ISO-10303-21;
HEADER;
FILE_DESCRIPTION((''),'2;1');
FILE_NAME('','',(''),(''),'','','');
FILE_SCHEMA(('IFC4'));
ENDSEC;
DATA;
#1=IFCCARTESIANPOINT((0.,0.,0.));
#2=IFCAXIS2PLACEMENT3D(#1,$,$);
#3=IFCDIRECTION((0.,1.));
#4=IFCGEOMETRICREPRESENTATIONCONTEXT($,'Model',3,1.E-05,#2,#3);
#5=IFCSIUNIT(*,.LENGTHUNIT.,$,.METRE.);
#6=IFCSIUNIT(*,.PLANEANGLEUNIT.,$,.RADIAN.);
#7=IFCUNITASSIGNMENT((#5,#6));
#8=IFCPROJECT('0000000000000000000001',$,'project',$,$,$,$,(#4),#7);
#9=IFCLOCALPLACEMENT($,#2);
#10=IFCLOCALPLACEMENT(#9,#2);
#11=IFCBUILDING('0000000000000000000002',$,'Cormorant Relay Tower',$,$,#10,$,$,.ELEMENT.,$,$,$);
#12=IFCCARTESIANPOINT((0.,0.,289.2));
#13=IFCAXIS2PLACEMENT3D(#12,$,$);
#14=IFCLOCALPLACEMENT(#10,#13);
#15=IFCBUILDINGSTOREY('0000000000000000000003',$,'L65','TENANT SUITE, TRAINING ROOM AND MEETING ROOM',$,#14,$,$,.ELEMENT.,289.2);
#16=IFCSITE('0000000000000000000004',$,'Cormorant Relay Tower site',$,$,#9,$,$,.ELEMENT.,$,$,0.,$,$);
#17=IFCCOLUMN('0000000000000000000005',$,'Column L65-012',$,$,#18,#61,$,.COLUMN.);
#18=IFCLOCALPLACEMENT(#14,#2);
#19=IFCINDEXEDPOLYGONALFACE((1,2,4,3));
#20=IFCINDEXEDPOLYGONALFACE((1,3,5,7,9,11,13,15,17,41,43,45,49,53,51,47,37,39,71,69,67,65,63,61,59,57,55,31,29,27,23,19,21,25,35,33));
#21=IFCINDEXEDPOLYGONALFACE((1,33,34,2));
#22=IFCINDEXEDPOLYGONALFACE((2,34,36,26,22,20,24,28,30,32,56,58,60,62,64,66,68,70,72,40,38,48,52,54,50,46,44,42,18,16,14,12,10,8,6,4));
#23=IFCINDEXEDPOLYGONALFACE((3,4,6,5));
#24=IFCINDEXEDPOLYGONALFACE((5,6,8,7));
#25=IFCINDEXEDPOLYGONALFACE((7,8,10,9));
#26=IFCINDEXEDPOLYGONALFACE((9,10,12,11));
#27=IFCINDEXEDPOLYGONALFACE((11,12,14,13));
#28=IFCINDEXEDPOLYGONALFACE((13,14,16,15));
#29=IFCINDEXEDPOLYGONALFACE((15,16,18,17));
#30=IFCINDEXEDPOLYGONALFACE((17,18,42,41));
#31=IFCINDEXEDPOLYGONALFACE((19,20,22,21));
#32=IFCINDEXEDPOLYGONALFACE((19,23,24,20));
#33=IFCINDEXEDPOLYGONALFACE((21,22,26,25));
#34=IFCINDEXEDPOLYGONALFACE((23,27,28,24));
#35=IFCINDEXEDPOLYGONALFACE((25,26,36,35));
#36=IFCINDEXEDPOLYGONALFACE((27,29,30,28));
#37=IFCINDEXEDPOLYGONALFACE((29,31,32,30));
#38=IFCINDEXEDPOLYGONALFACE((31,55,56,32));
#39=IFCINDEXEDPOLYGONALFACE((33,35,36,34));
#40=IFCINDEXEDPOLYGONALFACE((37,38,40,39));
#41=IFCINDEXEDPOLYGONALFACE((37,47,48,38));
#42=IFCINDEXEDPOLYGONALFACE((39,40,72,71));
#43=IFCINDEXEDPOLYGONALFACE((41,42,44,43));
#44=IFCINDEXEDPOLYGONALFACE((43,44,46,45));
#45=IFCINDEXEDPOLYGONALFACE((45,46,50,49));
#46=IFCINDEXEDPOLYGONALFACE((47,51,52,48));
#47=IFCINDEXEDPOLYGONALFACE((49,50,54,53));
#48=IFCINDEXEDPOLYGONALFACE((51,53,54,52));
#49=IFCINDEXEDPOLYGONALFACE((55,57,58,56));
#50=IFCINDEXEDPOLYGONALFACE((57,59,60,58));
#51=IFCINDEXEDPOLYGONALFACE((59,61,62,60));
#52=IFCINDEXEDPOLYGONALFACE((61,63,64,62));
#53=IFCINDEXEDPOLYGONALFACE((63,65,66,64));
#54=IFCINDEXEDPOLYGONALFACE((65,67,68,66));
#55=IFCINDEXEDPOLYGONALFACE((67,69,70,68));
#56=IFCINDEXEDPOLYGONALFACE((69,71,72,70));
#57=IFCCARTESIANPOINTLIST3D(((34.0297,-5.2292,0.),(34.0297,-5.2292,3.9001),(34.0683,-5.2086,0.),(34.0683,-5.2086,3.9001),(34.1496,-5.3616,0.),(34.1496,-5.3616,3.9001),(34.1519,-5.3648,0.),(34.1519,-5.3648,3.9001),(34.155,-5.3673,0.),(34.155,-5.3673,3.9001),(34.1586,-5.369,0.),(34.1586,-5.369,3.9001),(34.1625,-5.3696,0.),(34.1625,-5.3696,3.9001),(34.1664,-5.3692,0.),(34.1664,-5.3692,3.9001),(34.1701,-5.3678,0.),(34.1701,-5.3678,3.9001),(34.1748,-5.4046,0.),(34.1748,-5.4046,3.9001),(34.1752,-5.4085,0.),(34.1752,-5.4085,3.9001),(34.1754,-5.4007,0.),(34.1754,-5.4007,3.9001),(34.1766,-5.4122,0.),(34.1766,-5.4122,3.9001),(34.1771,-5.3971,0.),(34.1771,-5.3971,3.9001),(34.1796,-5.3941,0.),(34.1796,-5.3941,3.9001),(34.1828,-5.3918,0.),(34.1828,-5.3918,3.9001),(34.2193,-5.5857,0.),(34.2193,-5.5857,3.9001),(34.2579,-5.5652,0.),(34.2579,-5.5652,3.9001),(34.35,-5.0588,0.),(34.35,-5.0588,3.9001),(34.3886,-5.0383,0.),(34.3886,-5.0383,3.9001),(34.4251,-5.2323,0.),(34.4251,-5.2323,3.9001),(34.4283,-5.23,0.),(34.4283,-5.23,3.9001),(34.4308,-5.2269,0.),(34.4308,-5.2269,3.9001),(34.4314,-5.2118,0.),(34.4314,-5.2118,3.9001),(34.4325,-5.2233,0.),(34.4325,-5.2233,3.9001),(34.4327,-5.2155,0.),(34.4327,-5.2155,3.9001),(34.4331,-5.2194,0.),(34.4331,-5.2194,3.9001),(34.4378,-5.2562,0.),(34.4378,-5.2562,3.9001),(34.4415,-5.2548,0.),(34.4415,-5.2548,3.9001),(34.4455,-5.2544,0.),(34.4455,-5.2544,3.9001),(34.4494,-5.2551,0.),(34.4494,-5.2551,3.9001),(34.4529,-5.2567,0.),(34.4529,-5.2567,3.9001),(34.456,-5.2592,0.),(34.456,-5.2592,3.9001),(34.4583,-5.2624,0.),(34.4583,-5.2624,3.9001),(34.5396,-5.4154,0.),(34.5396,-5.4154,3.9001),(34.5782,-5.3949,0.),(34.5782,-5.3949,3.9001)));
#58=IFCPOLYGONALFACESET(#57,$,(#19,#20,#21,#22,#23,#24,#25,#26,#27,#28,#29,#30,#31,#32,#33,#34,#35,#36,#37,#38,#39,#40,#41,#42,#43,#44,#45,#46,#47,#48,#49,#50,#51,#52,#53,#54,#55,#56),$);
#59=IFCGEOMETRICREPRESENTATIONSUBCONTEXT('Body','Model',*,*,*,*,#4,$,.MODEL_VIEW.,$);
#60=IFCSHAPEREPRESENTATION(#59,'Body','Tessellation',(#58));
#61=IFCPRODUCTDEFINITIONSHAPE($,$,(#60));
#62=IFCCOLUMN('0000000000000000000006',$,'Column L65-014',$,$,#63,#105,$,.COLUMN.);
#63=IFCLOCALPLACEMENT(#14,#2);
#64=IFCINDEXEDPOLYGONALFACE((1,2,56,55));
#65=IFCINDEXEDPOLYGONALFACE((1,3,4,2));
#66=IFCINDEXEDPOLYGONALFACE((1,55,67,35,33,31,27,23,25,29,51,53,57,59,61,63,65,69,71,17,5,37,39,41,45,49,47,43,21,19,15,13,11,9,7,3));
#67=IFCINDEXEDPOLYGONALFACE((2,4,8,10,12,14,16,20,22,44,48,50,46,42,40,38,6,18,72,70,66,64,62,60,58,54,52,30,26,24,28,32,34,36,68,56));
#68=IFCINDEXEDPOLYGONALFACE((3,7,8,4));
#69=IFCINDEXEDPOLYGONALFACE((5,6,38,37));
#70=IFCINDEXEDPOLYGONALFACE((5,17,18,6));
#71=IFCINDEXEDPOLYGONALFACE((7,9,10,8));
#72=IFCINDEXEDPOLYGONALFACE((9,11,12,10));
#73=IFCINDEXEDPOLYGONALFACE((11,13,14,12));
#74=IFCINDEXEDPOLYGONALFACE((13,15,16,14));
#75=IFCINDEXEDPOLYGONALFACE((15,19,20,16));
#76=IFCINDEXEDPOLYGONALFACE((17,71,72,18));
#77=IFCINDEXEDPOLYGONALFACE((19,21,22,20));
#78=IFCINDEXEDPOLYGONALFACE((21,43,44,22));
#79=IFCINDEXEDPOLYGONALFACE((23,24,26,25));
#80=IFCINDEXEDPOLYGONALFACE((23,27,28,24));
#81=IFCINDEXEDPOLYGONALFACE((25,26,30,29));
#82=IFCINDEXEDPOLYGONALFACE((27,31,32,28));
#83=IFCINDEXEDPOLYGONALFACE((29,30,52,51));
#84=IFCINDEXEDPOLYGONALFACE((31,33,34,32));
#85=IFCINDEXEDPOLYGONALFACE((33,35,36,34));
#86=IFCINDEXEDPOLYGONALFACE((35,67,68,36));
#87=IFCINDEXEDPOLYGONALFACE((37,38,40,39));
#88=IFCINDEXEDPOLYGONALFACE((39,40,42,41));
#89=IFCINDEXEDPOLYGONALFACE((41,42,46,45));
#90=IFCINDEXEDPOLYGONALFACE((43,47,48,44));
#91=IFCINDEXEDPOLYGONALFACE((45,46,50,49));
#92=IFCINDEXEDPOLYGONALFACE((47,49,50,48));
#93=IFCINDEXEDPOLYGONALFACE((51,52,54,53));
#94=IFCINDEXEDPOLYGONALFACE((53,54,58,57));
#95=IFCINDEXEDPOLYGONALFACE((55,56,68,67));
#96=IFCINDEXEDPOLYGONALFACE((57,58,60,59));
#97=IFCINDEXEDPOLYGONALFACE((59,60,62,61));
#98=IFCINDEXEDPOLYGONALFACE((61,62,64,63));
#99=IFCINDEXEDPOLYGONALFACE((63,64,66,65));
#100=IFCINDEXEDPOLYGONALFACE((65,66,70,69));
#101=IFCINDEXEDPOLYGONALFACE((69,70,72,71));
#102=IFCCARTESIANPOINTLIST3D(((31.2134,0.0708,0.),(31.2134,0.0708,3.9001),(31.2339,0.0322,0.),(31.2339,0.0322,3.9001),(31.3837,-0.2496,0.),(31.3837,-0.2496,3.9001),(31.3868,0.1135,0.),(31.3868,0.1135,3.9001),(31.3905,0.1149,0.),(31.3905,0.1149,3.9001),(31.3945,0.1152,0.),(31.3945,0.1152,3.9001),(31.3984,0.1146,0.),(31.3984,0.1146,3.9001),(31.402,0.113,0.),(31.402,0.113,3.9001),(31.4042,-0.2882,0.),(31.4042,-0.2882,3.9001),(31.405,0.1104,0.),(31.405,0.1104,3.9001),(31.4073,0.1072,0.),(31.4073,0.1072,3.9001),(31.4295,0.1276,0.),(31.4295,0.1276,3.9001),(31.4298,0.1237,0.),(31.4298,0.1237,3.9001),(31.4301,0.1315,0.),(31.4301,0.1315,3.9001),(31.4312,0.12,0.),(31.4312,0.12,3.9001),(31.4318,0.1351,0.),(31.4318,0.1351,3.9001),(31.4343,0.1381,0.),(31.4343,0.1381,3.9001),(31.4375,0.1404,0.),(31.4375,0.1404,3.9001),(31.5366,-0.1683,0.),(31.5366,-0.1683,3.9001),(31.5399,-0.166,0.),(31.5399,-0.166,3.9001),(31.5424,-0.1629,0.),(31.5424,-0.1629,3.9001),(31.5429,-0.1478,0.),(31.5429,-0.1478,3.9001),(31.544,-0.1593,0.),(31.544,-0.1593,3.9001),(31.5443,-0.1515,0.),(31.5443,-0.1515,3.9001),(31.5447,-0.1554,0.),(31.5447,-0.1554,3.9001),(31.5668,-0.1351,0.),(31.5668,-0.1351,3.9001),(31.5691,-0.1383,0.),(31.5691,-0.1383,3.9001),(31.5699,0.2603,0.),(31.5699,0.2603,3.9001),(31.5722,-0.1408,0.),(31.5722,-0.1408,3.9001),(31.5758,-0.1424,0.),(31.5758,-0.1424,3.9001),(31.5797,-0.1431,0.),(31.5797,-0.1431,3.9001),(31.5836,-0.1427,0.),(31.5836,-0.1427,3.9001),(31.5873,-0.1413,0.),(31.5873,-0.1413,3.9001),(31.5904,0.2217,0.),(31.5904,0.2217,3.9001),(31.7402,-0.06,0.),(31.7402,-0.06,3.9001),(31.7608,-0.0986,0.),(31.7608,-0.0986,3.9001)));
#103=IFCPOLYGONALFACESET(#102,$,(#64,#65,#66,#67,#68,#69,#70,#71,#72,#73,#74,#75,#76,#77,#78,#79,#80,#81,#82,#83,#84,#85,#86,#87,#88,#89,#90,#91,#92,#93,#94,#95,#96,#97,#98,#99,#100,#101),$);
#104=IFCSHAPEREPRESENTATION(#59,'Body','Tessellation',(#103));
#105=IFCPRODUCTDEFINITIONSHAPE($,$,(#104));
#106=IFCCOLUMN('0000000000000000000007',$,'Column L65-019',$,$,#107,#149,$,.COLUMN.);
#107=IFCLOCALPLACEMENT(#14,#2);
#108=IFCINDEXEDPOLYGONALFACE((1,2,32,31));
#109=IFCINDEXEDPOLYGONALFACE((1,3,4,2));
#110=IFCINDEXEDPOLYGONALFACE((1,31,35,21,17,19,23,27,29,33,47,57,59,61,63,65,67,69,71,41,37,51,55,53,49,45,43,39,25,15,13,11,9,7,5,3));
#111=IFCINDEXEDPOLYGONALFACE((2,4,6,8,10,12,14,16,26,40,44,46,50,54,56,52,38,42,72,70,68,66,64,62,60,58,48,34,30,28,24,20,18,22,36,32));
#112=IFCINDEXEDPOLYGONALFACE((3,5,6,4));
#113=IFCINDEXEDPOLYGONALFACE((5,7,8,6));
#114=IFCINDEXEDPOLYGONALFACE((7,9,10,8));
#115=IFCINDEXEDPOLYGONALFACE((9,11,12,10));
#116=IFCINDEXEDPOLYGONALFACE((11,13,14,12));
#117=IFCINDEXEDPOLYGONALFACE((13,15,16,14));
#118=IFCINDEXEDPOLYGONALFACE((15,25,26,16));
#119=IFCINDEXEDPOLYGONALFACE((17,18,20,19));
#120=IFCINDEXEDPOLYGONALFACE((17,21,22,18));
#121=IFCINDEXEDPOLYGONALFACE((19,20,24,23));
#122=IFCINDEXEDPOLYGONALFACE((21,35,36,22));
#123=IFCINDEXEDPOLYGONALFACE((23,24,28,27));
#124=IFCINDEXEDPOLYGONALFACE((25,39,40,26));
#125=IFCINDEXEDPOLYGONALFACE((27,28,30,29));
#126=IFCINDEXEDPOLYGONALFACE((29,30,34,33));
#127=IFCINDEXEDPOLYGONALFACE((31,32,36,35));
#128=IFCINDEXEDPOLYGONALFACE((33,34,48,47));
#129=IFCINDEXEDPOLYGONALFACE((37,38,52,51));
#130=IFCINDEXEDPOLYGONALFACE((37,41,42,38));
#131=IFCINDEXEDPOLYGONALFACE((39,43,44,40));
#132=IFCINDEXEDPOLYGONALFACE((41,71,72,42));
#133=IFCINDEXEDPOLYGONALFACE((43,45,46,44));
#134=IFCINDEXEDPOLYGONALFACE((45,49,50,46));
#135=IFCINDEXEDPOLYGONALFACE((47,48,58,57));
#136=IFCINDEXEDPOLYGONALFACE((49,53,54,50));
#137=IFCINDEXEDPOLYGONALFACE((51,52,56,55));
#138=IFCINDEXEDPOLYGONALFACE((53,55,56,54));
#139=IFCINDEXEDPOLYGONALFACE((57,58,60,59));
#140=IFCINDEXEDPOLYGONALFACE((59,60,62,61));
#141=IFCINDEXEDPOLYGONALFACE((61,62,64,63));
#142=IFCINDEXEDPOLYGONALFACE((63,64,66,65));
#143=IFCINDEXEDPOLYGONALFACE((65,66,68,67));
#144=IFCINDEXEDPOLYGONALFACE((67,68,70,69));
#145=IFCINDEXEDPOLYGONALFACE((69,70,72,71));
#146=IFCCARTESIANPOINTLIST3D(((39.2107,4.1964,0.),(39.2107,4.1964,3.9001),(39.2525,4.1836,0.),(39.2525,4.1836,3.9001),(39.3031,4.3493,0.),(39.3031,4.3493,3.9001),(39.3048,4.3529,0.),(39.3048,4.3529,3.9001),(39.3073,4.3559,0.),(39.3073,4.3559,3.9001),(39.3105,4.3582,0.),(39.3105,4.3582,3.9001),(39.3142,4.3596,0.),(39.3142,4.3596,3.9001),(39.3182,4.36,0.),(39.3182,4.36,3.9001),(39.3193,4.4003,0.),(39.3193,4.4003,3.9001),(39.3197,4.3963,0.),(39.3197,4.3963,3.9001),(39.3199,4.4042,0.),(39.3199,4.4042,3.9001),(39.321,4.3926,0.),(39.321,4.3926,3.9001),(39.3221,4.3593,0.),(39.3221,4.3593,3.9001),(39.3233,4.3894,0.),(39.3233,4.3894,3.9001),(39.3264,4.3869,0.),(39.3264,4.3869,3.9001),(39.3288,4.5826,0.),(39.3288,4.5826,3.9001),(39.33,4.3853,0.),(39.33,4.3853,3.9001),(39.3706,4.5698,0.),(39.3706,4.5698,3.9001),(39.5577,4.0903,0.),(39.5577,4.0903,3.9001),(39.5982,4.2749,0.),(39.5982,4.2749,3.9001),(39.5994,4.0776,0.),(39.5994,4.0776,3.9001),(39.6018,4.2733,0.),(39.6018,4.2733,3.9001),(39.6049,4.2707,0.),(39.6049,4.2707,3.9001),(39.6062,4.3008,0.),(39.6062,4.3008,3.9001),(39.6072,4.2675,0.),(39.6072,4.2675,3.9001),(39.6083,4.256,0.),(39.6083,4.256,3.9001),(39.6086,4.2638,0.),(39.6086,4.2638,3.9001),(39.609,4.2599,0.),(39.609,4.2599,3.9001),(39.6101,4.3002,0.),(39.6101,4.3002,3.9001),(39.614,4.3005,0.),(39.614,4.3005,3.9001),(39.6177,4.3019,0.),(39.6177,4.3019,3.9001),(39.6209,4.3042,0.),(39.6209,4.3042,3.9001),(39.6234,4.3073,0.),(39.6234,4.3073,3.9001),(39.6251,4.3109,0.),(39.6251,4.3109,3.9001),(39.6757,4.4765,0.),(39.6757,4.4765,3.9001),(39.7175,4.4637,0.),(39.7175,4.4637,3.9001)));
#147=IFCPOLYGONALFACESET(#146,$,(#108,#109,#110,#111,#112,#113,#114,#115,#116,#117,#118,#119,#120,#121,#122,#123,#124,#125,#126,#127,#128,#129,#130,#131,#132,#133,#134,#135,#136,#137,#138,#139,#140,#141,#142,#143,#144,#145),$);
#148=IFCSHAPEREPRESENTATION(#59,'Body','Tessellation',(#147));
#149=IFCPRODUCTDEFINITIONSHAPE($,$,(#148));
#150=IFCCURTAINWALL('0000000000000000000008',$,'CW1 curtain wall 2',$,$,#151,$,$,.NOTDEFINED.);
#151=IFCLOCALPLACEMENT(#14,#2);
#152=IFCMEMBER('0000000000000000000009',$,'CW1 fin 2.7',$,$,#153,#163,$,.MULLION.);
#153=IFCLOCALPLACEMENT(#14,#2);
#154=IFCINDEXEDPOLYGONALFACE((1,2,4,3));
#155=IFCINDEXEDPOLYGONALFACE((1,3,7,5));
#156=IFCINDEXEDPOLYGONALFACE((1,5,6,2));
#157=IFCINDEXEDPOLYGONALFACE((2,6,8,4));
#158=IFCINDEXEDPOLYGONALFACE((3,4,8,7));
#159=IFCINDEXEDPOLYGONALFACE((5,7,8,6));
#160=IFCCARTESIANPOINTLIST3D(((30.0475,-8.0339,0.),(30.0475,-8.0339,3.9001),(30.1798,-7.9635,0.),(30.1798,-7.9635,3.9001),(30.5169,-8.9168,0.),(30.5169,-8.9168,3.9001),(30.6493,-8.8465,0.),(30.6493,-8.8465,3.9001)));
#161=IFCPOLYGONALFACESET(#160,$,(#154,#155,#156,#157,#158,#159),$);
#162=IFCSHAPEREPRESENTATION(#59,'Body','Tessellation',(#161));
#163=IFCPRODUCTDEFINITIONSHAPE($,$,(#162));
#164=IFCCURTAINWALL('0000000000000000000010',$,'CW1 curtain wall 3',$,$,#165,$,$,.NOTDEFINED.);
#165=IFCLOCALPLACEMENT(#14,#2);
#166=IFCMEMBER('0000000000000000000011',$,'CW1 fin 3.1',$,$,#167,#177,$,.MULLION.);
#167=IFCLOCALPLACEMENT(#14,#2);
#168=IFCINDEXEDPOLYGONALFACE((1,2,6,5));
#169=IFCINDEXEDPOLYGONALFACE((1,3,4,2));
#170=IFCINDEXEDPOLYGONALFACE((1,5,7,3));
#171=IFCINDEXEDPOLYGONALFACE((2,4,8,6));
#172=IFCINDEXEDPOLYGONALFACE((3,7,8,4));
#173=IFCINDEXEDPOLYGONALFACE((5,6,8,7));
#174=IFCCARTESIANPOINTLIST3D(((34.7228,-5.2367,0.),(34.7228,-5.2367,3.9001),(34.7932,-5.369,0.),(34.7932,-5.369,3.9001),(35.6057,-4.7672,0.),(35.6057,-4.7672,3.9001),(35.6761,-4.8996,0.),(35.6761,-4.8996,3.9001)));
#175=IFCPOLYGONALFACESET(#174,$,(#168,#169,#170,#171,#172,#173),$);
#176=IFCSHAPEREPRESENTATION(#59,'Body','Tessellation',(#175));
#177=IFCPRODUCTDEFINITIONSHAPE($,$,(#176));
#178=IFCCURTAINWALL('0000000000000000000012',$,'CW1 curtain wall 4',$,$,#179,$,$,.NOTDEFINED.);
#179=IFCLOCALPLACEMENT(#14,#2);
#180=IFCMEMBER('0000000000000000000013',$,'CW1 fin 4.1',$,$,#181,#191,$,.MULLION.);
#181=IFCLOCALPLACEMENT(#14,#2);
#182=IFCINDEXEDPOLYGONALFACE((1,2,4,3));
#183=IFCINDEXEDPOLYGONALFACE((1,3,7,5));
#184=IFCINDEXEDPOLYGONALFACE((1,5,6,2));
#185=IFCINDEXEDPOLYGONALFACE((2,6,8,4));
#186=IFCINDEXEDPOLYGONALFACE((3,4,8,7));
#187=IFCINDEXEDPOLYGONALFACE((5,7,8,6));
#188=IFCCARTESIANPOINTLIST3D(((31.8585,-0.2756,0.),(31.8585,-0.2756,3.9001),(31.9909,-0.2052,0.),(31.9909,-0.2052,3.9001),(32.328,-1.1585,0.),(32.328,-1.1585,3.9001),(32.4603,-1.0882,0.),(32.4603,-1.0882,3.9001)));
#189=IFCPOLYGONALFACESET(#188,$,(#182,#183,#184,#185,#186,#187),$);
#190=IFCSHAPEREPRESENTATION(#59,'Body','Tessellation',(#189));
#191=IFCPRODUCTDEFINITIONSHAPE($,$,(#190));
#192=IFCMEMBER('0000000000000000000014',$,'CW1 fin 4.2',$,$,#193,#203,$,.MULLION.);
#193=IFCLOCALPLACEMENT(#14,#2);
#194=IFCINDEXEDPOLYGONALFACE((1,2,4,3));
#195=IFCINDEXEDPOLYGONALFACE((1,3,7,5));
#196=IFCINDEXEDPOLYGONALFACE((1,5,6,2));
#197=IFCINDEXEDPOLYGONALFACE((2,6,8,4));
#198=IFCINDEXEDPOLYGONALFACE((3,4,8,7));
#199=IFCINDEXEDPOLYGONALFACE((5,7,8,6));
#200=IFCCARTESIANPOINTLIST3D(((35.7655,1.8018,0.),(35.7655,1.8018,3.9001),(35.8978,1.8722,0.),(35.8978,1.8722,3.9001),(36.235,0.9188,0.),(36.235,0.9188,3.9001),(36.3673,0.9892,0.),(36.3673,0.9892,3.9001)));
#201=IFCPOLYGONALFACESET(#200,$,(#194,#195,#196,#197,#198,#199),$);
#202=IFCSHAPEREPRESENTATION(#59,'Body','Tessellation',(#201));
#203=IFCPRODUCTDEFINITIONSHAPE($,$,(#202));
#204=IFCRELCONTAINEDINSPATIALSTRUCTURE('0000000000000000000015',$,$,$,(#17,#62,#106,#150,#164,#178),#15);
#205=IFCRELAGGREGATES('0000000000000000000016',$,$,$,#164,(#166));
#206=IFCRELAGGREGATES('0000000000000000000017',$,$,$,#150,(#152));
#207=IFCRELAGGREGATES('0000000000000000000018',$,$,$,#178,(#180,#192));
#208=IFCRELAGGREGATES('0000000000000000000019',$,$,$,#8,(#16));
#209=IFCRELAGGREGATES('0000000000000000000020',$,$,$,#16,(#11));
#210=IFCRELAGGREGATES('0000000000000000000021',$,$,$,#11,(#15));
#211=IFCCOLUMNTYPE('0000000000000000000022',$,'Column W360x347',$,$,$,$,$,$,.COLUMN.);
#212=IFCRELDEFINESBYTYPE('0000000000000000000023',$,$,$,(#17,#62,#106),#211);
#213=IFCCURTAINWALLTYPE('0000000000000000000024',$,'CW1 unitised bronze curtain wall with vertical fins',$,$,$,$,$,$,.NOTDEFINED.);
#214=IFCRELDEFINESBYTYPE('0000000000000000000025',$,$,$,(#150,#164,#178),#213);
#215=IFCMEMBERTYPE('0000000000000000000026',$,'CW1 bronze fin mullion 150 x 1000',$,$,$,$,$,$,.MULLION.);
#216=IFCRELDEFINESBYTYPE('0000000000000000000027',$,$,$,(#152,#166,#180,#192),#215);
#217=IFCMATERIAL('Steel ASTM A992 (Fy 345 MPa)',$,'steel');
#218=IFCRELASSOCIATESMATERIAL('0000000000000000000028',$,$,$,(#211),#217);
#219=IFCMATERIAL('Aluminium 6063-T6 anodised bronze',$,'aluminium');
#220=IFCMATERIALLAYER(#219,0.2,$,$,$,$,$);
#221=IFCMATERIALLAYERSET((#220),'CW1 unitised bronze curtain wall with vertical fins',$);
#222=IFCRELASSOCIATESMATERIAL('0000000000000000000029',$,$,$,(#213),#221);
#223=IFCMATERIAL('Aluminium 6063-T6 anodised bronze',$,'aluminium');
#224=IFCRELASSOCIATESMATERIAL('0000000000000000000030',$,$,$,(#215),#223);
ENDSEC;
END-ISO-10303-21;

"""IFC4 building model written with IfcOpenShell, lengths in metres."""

from ifc_helpers import new_model, si_unit, direction, frame, origin, origin_2d, place, context, subcontext, project, spatial, rectangle, i_section, extrude, material, layer, layer_set, material_profile, profile_set, type_object, element, aggregate, save


model = new_model("IFC4")

# Units and contexts
model_context = context("Model", 3, precision=1e-05, world=origin(), true_north=direction((0.0, 1.0)))
body_context = subcontext(model_context, "Body", "Model", "MODEL_VIEW")
ifc_project = project(units=[si_unit("LENGTHUNIT", "METRE"), si_unit("PLANEANGLEUNIT", "RADIAN")], contexts=[model_context])

# Site, building, storey
site_placement = place(None, origin())
site = spatial("IfcSite", under=ifc_project, at=site_placement, Name="Cormorant Relay Tower site", CompositionType="ELEMENT", RefElevation=0.0)
building_placement = place(site_placement, origin())
building = spatial("IfcBuilding", under=site, at=building_placement, Name="Cormorant Relay Tower", CompositionType="ELEMENT")
storey_placement = place(building_placement, frame((0.0, 0.0, 289.2)))
storey = spatial("IfcBuildingStorey", under=building, at=storey_placement, Name="L65", Description="TENANT SUITE, TRAINING ROOM AND MEETING ROOM", CompositionType="ELEMENT", Elevation=289.2)

# Columns
ifc_material_1 = material(Name="Steel ASTM A992 (Fy 345 MPa)", Category="steel")
ifc_material_profile_1 = material_profile(ifc_material_1, i_section(OverallWidth=0.4038, OverallDepth=0.4065, WebThickness=0.0271, FlangeThickness=0.0437, FilletRadius=0.0151, at=origin_2d()), Name="W360x347")
ifc_profile_set_1 = profile_set([ifc_material_profile_1], Name="Steel ASTM A992 (Fy 345 MPa)")
column_type = type_object("IfcColumnType", Name="Column W360x347", PredefinedType="COLUMN", material=ifc_profile_set_1)
for number, where, z_axis, x_axis, name in (
    (1, (34.304, -5.312, 0.0), (0.0, 0.0, 1.0), (-0.469472, 0.882948, 0.0), "Column L65-012"),
    (2, (31.4871, -0.0139, 0.0), (0.0, 0.0, 1.0), (0.882948, 0.469472, 0.0), "Column L65-014"),
    (3, (39.4641, 4.3301, 0.0), (0.0, 0.0, 1.0), (0.292372, 0.956305, 0.0), "Column L65-019"),
):
    element("IfcColumn", number, at=place(storey_placement, frame(where, z_axis=z_axis, x_axis=x_axis)), inside=storey, type_object=column_type, Name=name, PredefinedType="COLUMN", context=body_context, shape_type="SweptSolid", body=[
        extrude(i_section(OverallWidth=0.4038, OverallDepth=0.4065, WebThickness=0.0271, FlangeThickness=0.0437, FilletRadius=0.0151, at=origin_2d()), origin(), (0.0, 0.0, 1.0), 3.9001),
    ])

# Curtain walls, members
ifc_material_2 = material(Name="Aluminium 6063-T6 anodised bronze", Category="aluminium")
ifc_layer_1 = layer(ifc_material_2, 0.2)
ifc_layer_set_1 = layer_set([ifc_layer_1], Name="CW1 unitised bronze curtain wall with vertical fins")
curtain_wall_type = type_object("IfcCurtainWallType", Name="CW1 unitised bronze curtain wall with vertical fins", PredefinedType="NOTDEFINED", material=ifc_layer_set_1)
curtain_wall_1_placement = place(storey_placement, origin())
curtain_wall_1 = element("IfcCurtainWall", 4, at=curtain_wall_1_placement, inside=storey, type_object=curtain_wall_type, Name="CW1 curtain wall 2", PredefinedType="NOTDEFINED")
ifc_material_3 = material(Name="Aluminium 6063-T6 anodised bronze", Category="aluminium")
ifc_material_profile_2 = material_profile(ifc_material_3, rectangle(XDim=0.1499, YDim=1.0, at=origin_2d()), Name="AL 150x1000")
ifc_profile_set_2 = profile_set([ifc_material_profile_2], Name="Aluminium 6063-T6 anodised bronze")
member_type_1 = type_object("IfcMemberType", Name="CW1 bronze fin mullion 150 x 1000", PredefinedType="MULLION", material=ifc_profile_set_2)
member_1_placement = place(storey_placement, frame((30.3484, -8.4402, 0.0), z_axis=(0.0, 0.0, 1.0), x_axis=(0.882948, 0.469472, 0.0)))
member_1 = element("IfcMember", 5, at=member_1_placement, type_object=member_type_1, Name="CW1 fin 2.7", PredefinedType="MULLION", context=body_context, shape_type="SweptSolid", body=[
    extrude(rectangle(XDim=0.1499, YDim=1.0, at=origin_2d()), origin(), (0.0, 0.0, 1.0), 3.9001),
])
curtain_wall_2_placement = place(storey_placement, origin())
curtain_wall_2 = element("IfcCurtainWall", 6, at=curtain_wall_2_placement, inside=storey, type_object=curtain_wall_type, Name="CW1 curtain wall 3", PredefinedType="NOTDEFINED")
member_2_placement = place(storey_placement, frame((35.1995, -5.0681, 0.0), z_axis=(0.0, 0.0, 1.0), x_axis=(-0.469472, 0.882948, 0.0)))
member_2 = element("IfcMember", 7, at=member_2_placement, type_object=member_type_1, Name="CW1 fin 3.1", PredefinedType="MULLION", context=body_context, shape_type="SweptSolid", body=[
    extrude(rectangle(XDim=0.1499, YDim=1.0, at=origin_2d()), origin(), (0.0, 0.0, 1.0), 3.9001),
])

# Curtain wall, members
curtain_wall_3_placement = place(storey_placement, origin())
curtain_wall_3 = element("IfcCurtainWall", 8, at=curtain_wall_3_placement, inside=storey, type_object=curtain_wall_type, Name="CW1 curtain wall 4", PredefinedType="NOTDEFINED")
member_3_placement = place(storey_placement, frame((32.1594, -0.6819, 0.0), z_axis=(0.0, 0.0, 1.0), x_axis=(0.882948, 0.469472, 0.0)))
member_3 = element("IfcMember", 9, at=member_3_placement, type_object=member_type_1, Name="CW1 fin 4.1", PredefinedType="MULLION", context=body_context, shape_type="SweptSolid", body=[
    extrude(rectangle(XDim=0.1499, YDim=1.0, at=origin_2d()), origin(), (0.0, 0.0, 1.0), 3.9001),
])
member_4_placement = place(storey_placement, frame((36.0664, 1.3955, 0.0), z_axis=(0.0, 0.0, 1.0), x_axis=(0.882948, 0.469472, 0.0)))
member_4 = element("IfcMember", 10, at=member_4_placement, type_object=member_type_1, Name="CW1 fin 4.2", PredefinedType="MULLION", context=body_context, shape_type="SweptSolid", body=[
    extrude(rectangle(XDim=0.1499, YDim=1.0, at=origin_2d()), origin(), (0.0, 0.0, 1.0), 3.9001),
])

aggregate(curtain_wall_2, [member_2])

aggregate(curtain_wall_1, [member_1])
aggregate(curtain_wall_3, [member_3, member_4])

save(model, "model.ifc")
